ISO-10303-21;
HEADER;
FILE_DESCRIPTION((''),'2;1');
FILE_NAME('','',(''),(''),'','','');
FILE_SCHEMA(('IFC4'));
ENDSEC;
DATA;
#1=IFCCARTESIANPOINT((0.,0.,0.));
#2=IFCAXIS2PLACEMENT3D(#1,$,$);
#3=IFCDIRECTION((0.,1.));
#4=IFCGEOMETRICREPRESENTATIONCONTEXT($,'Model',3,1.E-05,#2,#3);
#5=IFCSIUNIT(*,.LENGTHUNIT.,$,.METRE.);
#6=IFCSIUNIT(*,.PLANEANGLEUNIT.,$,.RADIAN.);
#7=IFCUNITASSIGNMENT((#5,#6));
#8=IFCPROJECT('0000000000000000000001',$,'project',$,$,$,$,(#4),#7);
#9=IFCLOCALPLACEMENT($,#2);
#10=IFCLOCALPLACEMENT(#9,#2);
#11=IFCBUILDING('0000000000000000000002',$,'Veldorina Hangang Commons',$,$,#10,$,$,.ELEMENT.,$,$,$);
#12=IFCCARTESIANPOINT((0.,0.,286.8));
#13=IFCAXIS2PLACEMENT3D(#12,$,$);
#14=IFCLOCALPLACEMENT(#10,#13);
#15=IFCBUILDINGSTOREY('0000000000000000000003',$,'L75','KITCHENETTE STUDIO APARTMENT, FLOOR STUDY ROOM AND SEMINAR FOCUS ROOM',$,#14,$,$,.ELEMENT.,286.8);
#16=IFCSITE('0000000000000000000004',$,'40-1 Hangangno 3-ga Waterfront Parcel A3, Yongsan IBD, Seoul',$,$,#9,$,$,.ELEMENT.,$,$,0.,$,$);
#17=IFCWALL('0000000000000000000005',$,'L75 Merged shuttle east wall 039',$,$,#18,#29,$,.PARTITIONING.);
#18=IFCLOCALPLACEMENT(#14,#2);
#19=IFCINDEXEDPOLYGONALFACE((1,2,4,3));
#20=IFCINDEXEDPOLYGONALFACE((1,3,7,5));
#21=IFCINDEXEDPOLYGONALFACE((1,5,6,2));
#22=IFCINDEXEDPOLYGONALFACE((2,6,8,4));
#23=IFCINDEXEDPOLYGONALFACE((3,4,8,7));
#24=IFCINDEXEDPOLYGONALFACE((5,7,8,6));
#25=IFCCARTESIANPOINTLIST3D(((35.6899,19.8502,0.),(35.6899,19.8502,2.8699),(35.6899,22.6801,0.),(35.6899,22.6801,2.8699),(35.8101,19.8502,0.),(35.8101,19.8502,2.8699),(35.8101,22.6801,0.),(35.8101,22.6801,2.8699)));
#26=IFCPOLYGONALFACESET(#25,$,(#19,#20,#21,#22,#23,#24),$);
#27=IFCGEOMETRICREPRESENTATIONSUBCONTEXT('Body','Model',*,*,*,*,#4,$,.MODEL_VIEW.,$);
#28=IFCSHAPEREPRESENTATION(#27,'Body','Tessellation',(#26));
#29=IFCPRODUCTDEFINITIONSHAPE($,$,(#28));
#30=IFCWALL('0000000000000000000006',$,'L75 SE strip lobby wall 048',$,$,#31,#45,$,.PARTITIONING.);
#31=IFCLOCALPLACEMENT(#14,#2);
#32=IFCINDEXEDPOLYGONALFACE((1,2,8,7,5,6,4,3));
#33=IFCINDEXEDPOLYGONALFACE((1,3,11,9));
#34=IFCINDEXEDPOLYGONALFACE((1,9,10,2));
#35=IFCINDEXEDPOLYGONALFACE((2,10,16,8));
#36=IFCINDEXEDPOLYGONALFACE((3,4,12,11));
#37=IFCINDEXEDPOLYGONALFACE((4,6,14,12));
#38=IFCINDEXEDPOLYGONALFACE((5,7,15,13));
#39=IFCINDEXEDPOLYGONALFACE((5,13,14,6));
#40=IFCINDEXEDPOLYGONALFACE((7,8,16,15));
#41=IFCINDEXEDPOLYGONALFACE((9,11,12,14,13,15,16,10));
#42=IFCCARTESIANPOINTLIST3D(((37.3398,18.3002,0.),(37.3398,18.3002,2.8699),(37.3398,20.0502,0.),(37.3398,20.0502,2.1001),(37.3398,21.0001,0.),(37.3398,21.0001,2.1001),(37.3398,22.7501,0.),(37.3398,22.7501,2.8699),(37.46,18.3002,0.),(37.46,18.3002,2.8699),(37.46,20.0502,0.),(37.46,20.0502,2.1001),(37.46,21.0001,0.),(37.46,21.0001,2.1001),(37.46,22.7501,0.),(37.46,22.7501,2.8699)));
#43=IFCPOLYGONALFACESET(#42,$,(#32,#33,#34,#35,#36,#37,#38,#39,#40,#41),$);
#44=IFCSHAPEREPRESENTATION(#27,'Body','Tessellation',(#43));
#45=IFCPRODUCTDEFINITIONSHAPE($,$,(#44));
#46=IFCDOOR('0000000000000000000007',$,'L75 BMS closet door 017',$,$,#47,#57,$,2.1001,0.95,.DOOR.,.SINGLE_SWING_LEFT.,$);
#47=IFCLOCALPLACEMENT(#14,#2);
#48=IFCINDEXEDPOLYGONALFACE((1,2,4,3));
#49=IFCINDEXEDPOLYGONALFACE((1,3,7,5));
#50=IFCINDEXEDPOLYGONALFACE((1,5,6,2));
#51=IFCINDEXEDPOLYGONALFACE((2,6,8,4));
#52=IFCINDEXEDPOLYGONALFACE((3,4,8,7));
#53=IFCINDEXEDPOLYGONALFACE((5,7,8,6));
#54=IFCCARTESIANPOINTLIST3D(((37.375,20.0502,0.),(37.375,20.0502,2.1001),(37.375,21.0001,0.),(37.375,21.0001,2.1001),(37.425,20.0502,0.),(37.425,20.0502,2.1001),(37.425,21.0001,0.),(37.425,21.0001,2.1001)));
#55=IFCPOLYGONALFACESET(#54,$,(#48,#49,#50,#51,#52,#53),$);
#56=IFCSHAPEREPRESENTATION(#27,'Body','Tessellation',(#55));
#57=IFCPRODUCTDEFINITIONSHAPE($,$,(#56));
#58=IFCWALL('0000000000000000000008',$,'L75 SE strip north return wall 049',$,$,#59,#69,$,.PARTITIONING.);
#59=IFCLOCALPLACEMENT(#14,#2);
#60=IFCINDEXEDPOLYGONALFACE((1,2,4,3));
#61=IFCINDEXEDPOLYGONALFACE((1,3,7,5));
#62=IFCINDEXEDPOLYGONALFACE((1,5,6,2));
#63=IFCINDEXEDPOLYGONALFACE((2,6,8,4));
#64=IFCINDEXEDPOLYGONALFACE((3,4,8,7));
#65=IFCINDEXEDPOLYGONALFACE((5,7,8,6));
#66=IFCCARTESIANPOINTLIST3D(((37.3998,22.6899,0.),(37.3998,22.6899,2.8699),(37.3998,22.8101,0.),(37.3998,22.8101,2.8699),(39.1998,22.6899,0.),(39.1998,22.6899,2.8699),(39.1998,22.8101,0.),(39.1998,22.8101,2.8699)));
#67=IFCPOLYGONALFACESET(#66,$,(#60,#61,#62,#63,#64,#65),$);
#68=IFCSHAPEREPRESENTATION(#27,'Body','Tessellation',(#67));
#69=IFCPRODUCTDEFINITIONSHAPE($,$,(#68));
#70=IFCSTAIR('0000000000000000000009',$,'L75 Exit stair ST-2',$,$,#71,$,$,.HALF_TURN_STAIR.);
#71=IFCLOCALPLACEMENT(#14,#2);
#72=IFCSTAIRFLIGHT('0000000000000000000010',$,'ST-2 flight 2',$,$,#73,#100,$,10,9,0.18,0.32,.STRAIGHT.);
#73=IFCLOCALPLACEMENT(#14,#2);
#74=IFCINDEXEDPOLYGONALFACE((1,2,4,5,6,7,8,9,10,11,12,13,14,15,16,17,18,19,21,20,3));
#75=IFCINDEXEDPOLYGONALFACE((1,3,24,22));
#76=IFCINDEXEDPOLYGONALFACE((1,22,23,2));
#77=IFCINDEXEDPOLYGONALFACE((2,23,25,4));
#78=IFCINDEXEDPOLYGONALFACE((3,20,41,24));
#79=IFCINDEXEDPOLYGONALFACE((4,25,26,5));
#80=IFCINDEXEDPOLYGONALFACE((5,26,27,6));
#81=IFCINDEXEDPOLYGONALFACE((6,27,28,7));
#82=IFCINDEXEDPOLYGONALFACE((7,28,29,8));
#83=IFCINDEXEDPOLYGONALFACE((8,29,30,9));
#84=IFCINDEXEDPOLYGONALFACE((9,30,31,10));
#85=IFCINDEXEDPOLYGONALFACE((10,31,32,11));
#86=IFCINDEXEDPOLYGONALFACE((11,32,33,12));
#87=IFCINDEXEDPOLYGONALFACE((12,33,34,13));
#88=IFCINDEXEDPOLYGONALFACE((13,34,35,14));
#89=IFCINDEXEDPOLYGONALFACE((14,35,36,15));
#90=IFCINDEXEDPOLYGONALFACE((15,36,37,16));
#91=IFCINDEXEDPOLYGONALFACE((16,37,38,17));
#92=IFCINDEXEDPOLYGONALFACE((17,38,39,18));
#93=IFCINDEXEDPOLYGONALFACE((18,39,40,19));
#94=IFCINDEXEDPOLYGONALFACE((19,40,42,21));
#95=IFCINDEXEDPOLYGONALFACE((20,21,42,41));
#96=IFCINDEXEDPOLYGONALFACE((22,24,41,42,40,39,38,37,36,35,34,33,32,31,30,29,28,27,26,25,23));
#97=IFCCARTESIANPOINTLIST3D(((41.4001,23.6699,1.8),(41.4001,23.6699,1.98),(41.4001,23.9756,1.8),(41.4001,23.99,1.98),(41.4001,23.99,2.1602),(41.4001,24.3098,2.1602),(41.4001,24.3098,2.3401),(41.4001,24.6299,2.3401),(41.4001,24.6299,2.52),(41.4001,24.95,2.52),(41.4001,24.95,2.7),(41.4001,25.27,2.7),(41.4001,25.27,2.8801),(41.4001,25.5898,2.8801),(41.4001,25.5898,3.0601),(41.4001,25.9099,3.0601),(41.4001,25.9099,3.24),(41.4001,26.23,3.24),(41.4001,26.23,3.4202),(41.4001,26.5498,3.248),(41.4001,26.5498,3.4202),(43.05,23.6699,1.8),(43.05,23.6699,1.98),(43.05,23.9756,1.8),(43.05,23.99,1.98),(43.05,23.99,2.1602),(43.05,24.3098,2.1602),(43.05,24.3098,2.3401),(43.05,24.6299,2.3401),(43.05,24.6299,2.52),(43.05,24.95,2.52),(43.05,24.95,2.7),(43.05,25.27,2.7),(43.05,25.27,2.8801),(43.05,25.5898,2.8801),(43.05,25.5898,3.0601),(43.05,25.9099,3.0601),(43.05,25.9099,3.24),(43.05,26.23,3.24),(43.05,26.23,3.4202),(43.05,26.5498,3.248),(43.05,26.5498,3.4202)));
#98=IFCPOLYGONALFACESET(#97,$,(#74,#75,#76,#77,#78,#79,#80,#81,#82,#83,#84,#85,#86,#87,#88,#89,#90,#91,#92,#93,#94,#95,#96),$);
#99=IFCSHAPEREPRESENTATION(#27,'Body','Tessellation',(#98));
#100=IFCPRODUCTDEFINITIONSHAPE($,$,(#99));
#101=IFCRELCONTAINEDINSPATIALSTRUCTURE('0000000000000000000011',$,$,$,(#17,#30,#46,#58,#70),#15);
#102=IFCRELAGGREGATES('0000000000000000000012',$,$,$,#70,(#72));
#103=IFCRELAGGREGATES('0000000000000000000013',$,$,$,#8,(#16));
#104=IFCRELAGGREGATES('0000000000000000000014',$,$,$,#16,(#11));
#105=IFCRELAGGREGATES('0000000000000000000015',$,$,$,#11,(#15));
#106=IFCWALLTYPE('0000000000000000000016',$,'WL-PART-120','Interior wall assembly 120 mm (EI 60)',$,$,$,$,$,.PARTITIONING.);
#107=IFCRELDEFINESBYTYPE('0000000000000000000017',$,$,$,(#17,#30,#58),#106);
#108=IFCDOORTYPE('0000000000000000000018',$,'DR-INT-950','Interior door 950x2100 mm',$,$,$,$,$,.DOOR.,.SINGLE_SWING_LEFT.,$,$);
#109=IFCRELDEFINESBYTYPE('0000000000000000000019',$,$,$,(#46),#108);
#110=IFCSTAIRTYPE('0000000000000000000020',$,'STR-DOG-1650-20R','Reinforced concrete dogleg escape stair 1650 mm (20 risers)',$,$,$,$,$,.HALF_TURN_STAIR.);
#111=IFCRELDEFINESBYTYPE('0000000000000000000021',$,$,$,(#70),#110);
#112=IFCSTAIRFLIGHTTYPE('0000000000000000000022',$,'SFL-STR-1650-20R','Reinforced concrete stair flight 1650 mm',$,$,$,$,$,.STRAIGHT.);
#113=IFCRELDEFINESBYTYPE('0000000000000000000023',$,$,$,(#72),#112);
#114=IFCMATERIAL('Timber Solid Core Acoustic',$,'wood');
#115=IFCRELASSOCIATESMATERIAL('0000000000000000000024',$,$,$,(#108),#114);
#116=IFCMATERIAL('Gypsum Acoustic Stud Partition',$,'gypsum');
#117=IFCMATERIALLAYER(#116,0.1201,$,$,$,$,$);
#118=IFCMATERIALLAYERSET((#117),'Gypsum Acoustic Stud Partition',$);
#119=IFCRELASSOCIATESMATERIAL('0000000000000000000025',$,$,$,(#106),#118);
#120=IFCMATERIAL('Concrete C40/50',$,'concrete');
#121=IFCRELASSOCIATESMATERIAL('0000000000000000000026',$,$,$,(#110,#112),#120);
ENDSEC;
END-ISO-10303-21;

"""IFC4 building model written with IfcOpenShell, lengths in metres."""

from ifc_helpers import new_model, si_unit, direction, frame, frame_2d, origin, place, context, subcontext, project, spatial, polyline, rectangle, outline, extrude, material, layer, layer_set, type_object, element, fill, aggregate, save


model = new_model("IFC4")

# Units and contexts
model_context = context("Model", 3, precision=1e-05, world=origin(), true_north=direction((0.0, 1.0)))
body_context = subcontext(model_context, "Body", "Model", "MODEL_VIEW")
ifc_project = project(units=[si_unit("LENGTHUNIT", "METRE"), si_unit("PLANEANGLEUNIT", "RADIAN")], contexts=[model_context])

# Site, building, storey
site_placement = place(None, origin())
site = spatial("IfcSite", under=ifc_project, at=site_placement, Name="40-1 Hangangno 3-ga Waterfront Parcel A3, Yongsan IBD, Seoul", CompositionType="ELEMENT", RefElevation=0.0)
building_placement = place(site_placement, origin())
building = spatial("IfcBuilding", under=site, at=building_placement, Name="Veldorina Hangang Commons", CompositionType="ELEMENT")
storey_placement = place(building_placement, frame((0.0, 0.0, 286.8)))
storey = spatial("IfcBuildingStorey", under=building, at=storey_placement, Name="L75", Description="KITCHENETTE STUDIO APARTMENT, FLOOR STUDY ROOM AND SEMINAR FOCUS ROOM", CompositionType="ELEMENT", Elevation=286.8)

# Shared definitions
ifc_material_1 = material(Name="Timber Solid Core Acoustic", Category="wood")
door_type_1 = type_object("IfcDoorType", Name="DR-INT-950", Description="Interior door 950x2100 mm", OperationType="SINGLE_SWING_LEFT", PredefinedType="DOOR", material=ifc_material_1)

# Wall
ifc_material_2 = material(Name="Gypsum Acoustic Stud Partition", Category="gypsum")
ifc_layer_1 = layer(ifc_material_2, 0.1201)
ifc_layer_set_1 = layer_set([ifc_layer_1], Name="Gypsum Acoustic Stud Partition")
wall_type_1 = type_object("IfcWallType", Name="WL-PART-120", Description="Interior wall assembly 120 mm (EI 60)", PredefinedType="PARTITIONING", material=ifc_layer_set_1)
wall_1_placement = place(storey_placement, frame((35.75, 19.8501, 0.0), z_axis=(0.0, 0.0, 1.0), x_axis=(0.0, 1.0, 0.0)))
element("IfcWall", 1, at=wall_1_placement, inside=storey, type_object=wall_type_1, Name="L75 Merged shuttle east wall 039", PredefinedType="PARTITIONING", context=body_context, shape_type="SweptSolid", body=[
    extrude(rectangle(XDim=2.8298, YDim=0.1201, at=frame_2d((1.415, 0.0))), origin(), (0.0, 0.0, 1.0), 2.8699),
])

# Wall, opening, door
wall_2_placement = place(storey_placement, frame((37.3999, 18.3, 0.0), z_axis=(0.0, 0.0, 1.0), x_axis=(0.0, 1.0, 0.0)))
wall_2 = element("IfcWall", 2, at=wall_2_placement, inside=storey, type_object=wall_type_1, Name="L75 SE strip lobby wall 048", PredefinedType="PARTITIONING", context=body_context, shape_type="SweptSolid", body=[
    extrude(rectangle(XDim=4.45, YDim=0.1201, at=frame_2d((2.2251, 0.0))), origin(), (0.0, 0.0, 1.0), 2.8699),
])
opening_1_placement = place(wall_2_placement, frame((1.75, 0.0, 0.0)))
opening_1 = element("IfcOpeningElement", 3, at=opening_1_placement, cuts=wall_2, PredefinedType="OPENING", context=body_context, shape_type="SweptSolid", body=[
    extrude(rectangle(XDim=0.95, YDim=2.1001, at=frame_2d((0.4751, 1.05))), frame((0.0, 0.0701, 0.0), z_axis=(0.0, -1.0, 0.0), x_axis=(1.0, 0.0, 0.0)), (0.0, 0.0, 1.0), 0.1401),
])
door_1_placement = place(opening_1_placement, origin())
door_1 = element("IfcDoor", 4, at=door_1_placement, inside=storey, type_object=door_type_1, Name="L75 BMS closet door 017", OperationType="SINGLE_SWING_LEFT", OverallHeight=2.1001, OverallWidth=0.95, PredefinedType="DOOR", context=body_context, shape_type="SweptSolid", body=[
    extrude(rectangle(XDim=0.95, YDim=2.1001, at=frame_2d((0.4751, 1.05))), frame((0.0, 0.0249, 0.0), z_axis=(0.0, -1.0, 0.0), x_axis=(1.0, 0.0, 0.0)), (0.0, 0.0, 1.0), 0.05),
])
fill(opening_1, door_1)

# Wall
wall_3_placement = place(storey_placement, frame((37.3999, 22.75, 0.0), z_axis=(0.0, 0.0, 1.0), x_axis=(1.0, 0.0, 0.0)))
element("IfcWall", 5, at=wall_3_placement, inside=storey, type_object=wall_type_1, Name="L75 SE strip north return wall 049", PredefinedType="PARTITIONING", context=body_context, shape_type="SweptSolid", body=[
    extrude(rectangle(XDim=1.8, YDim=0.1201, at=frame_2d((0.8999, 0.0))), origin(), (0.0, 0.0, 1.0), 2.8699),
])

# Stair, stair flight
ifc_material_3 = material(Name="Concrete C40/50", Category="concrete")
stair_type = type_object("IfcStairType", Name="STR-DOG-1650-20R", Description="Reinforced concrete dogleg escape stair 1650 mm (20 risers)", PredefinedType="HALF_TURN_STAIR", material=ifc_material_3)
stair_placement = place(storey_placement, origin())
stair = element("IfcStair", 6, at=stair_placement, inside=storey, type_object=stair_type, Name="L75 Exit stair ST-2", PredefinedType="HALF_TURN_STAIR")
stair_flight_type = type_object("IfcStairFlightType", Name="SFL-STR-1650-20R", Description="Reinforced concrete stair flight 1650 mm", PredefinedType="STRAIGHT", material=ifc_material_3)
stair_flight_placement = place(storey_placement, frame((42.2251, 23.6699, 1.8), z_axis=(0.0, 0.0, 1.0), x_axis=(0.0, 1.0, 0.0)))
stair_flight = element("IfcStairFlight", 7, at=stair_flight_placement, type_object=stair_flight_type, Name="ST-2 flight 2", NumberOfRisers=10, NumberOfTreads=9, PredefinedType="STRAIGHT", RiserHeight=0.18, TreadLength=0.32, context=body_context, shape_type="SweptSolid", body=[
    extrude(outline(polyline([(0.0, 0.0), (0.0, 0.1799), (0.3201, 0.1799), (0.3201, 0.3601), (0.6399, 0.3601), (0.6399, 0.54), (0.96, 0.54), (0.96, 0.72), (1.28, 0.72), (1.28, 0.8999), (1.6001, 0.8999), (1.6001, 1.0801), (1.9199, 1.0801), (1.9199, 1.26), (2.24, 1.26), (2.24, 1.4399), (2.5601, 1.4399), (2.5601, 1.6201), (2.8799, 1.6201), (2.8799, 1.8), (2.8799, 1.448), (0.3057, 0.0), (0.0, 0.0)])), frame((0.0, 0.825, 0.0), z_axis=(0.0, -1.0, 0.0), x_axis=(1.0, 0.0, 0.0)), (0.0, 0.0, 1.0), 1.6499),
])
aggregate(stair, [stair_flight])

save(model, "model.ifc")
